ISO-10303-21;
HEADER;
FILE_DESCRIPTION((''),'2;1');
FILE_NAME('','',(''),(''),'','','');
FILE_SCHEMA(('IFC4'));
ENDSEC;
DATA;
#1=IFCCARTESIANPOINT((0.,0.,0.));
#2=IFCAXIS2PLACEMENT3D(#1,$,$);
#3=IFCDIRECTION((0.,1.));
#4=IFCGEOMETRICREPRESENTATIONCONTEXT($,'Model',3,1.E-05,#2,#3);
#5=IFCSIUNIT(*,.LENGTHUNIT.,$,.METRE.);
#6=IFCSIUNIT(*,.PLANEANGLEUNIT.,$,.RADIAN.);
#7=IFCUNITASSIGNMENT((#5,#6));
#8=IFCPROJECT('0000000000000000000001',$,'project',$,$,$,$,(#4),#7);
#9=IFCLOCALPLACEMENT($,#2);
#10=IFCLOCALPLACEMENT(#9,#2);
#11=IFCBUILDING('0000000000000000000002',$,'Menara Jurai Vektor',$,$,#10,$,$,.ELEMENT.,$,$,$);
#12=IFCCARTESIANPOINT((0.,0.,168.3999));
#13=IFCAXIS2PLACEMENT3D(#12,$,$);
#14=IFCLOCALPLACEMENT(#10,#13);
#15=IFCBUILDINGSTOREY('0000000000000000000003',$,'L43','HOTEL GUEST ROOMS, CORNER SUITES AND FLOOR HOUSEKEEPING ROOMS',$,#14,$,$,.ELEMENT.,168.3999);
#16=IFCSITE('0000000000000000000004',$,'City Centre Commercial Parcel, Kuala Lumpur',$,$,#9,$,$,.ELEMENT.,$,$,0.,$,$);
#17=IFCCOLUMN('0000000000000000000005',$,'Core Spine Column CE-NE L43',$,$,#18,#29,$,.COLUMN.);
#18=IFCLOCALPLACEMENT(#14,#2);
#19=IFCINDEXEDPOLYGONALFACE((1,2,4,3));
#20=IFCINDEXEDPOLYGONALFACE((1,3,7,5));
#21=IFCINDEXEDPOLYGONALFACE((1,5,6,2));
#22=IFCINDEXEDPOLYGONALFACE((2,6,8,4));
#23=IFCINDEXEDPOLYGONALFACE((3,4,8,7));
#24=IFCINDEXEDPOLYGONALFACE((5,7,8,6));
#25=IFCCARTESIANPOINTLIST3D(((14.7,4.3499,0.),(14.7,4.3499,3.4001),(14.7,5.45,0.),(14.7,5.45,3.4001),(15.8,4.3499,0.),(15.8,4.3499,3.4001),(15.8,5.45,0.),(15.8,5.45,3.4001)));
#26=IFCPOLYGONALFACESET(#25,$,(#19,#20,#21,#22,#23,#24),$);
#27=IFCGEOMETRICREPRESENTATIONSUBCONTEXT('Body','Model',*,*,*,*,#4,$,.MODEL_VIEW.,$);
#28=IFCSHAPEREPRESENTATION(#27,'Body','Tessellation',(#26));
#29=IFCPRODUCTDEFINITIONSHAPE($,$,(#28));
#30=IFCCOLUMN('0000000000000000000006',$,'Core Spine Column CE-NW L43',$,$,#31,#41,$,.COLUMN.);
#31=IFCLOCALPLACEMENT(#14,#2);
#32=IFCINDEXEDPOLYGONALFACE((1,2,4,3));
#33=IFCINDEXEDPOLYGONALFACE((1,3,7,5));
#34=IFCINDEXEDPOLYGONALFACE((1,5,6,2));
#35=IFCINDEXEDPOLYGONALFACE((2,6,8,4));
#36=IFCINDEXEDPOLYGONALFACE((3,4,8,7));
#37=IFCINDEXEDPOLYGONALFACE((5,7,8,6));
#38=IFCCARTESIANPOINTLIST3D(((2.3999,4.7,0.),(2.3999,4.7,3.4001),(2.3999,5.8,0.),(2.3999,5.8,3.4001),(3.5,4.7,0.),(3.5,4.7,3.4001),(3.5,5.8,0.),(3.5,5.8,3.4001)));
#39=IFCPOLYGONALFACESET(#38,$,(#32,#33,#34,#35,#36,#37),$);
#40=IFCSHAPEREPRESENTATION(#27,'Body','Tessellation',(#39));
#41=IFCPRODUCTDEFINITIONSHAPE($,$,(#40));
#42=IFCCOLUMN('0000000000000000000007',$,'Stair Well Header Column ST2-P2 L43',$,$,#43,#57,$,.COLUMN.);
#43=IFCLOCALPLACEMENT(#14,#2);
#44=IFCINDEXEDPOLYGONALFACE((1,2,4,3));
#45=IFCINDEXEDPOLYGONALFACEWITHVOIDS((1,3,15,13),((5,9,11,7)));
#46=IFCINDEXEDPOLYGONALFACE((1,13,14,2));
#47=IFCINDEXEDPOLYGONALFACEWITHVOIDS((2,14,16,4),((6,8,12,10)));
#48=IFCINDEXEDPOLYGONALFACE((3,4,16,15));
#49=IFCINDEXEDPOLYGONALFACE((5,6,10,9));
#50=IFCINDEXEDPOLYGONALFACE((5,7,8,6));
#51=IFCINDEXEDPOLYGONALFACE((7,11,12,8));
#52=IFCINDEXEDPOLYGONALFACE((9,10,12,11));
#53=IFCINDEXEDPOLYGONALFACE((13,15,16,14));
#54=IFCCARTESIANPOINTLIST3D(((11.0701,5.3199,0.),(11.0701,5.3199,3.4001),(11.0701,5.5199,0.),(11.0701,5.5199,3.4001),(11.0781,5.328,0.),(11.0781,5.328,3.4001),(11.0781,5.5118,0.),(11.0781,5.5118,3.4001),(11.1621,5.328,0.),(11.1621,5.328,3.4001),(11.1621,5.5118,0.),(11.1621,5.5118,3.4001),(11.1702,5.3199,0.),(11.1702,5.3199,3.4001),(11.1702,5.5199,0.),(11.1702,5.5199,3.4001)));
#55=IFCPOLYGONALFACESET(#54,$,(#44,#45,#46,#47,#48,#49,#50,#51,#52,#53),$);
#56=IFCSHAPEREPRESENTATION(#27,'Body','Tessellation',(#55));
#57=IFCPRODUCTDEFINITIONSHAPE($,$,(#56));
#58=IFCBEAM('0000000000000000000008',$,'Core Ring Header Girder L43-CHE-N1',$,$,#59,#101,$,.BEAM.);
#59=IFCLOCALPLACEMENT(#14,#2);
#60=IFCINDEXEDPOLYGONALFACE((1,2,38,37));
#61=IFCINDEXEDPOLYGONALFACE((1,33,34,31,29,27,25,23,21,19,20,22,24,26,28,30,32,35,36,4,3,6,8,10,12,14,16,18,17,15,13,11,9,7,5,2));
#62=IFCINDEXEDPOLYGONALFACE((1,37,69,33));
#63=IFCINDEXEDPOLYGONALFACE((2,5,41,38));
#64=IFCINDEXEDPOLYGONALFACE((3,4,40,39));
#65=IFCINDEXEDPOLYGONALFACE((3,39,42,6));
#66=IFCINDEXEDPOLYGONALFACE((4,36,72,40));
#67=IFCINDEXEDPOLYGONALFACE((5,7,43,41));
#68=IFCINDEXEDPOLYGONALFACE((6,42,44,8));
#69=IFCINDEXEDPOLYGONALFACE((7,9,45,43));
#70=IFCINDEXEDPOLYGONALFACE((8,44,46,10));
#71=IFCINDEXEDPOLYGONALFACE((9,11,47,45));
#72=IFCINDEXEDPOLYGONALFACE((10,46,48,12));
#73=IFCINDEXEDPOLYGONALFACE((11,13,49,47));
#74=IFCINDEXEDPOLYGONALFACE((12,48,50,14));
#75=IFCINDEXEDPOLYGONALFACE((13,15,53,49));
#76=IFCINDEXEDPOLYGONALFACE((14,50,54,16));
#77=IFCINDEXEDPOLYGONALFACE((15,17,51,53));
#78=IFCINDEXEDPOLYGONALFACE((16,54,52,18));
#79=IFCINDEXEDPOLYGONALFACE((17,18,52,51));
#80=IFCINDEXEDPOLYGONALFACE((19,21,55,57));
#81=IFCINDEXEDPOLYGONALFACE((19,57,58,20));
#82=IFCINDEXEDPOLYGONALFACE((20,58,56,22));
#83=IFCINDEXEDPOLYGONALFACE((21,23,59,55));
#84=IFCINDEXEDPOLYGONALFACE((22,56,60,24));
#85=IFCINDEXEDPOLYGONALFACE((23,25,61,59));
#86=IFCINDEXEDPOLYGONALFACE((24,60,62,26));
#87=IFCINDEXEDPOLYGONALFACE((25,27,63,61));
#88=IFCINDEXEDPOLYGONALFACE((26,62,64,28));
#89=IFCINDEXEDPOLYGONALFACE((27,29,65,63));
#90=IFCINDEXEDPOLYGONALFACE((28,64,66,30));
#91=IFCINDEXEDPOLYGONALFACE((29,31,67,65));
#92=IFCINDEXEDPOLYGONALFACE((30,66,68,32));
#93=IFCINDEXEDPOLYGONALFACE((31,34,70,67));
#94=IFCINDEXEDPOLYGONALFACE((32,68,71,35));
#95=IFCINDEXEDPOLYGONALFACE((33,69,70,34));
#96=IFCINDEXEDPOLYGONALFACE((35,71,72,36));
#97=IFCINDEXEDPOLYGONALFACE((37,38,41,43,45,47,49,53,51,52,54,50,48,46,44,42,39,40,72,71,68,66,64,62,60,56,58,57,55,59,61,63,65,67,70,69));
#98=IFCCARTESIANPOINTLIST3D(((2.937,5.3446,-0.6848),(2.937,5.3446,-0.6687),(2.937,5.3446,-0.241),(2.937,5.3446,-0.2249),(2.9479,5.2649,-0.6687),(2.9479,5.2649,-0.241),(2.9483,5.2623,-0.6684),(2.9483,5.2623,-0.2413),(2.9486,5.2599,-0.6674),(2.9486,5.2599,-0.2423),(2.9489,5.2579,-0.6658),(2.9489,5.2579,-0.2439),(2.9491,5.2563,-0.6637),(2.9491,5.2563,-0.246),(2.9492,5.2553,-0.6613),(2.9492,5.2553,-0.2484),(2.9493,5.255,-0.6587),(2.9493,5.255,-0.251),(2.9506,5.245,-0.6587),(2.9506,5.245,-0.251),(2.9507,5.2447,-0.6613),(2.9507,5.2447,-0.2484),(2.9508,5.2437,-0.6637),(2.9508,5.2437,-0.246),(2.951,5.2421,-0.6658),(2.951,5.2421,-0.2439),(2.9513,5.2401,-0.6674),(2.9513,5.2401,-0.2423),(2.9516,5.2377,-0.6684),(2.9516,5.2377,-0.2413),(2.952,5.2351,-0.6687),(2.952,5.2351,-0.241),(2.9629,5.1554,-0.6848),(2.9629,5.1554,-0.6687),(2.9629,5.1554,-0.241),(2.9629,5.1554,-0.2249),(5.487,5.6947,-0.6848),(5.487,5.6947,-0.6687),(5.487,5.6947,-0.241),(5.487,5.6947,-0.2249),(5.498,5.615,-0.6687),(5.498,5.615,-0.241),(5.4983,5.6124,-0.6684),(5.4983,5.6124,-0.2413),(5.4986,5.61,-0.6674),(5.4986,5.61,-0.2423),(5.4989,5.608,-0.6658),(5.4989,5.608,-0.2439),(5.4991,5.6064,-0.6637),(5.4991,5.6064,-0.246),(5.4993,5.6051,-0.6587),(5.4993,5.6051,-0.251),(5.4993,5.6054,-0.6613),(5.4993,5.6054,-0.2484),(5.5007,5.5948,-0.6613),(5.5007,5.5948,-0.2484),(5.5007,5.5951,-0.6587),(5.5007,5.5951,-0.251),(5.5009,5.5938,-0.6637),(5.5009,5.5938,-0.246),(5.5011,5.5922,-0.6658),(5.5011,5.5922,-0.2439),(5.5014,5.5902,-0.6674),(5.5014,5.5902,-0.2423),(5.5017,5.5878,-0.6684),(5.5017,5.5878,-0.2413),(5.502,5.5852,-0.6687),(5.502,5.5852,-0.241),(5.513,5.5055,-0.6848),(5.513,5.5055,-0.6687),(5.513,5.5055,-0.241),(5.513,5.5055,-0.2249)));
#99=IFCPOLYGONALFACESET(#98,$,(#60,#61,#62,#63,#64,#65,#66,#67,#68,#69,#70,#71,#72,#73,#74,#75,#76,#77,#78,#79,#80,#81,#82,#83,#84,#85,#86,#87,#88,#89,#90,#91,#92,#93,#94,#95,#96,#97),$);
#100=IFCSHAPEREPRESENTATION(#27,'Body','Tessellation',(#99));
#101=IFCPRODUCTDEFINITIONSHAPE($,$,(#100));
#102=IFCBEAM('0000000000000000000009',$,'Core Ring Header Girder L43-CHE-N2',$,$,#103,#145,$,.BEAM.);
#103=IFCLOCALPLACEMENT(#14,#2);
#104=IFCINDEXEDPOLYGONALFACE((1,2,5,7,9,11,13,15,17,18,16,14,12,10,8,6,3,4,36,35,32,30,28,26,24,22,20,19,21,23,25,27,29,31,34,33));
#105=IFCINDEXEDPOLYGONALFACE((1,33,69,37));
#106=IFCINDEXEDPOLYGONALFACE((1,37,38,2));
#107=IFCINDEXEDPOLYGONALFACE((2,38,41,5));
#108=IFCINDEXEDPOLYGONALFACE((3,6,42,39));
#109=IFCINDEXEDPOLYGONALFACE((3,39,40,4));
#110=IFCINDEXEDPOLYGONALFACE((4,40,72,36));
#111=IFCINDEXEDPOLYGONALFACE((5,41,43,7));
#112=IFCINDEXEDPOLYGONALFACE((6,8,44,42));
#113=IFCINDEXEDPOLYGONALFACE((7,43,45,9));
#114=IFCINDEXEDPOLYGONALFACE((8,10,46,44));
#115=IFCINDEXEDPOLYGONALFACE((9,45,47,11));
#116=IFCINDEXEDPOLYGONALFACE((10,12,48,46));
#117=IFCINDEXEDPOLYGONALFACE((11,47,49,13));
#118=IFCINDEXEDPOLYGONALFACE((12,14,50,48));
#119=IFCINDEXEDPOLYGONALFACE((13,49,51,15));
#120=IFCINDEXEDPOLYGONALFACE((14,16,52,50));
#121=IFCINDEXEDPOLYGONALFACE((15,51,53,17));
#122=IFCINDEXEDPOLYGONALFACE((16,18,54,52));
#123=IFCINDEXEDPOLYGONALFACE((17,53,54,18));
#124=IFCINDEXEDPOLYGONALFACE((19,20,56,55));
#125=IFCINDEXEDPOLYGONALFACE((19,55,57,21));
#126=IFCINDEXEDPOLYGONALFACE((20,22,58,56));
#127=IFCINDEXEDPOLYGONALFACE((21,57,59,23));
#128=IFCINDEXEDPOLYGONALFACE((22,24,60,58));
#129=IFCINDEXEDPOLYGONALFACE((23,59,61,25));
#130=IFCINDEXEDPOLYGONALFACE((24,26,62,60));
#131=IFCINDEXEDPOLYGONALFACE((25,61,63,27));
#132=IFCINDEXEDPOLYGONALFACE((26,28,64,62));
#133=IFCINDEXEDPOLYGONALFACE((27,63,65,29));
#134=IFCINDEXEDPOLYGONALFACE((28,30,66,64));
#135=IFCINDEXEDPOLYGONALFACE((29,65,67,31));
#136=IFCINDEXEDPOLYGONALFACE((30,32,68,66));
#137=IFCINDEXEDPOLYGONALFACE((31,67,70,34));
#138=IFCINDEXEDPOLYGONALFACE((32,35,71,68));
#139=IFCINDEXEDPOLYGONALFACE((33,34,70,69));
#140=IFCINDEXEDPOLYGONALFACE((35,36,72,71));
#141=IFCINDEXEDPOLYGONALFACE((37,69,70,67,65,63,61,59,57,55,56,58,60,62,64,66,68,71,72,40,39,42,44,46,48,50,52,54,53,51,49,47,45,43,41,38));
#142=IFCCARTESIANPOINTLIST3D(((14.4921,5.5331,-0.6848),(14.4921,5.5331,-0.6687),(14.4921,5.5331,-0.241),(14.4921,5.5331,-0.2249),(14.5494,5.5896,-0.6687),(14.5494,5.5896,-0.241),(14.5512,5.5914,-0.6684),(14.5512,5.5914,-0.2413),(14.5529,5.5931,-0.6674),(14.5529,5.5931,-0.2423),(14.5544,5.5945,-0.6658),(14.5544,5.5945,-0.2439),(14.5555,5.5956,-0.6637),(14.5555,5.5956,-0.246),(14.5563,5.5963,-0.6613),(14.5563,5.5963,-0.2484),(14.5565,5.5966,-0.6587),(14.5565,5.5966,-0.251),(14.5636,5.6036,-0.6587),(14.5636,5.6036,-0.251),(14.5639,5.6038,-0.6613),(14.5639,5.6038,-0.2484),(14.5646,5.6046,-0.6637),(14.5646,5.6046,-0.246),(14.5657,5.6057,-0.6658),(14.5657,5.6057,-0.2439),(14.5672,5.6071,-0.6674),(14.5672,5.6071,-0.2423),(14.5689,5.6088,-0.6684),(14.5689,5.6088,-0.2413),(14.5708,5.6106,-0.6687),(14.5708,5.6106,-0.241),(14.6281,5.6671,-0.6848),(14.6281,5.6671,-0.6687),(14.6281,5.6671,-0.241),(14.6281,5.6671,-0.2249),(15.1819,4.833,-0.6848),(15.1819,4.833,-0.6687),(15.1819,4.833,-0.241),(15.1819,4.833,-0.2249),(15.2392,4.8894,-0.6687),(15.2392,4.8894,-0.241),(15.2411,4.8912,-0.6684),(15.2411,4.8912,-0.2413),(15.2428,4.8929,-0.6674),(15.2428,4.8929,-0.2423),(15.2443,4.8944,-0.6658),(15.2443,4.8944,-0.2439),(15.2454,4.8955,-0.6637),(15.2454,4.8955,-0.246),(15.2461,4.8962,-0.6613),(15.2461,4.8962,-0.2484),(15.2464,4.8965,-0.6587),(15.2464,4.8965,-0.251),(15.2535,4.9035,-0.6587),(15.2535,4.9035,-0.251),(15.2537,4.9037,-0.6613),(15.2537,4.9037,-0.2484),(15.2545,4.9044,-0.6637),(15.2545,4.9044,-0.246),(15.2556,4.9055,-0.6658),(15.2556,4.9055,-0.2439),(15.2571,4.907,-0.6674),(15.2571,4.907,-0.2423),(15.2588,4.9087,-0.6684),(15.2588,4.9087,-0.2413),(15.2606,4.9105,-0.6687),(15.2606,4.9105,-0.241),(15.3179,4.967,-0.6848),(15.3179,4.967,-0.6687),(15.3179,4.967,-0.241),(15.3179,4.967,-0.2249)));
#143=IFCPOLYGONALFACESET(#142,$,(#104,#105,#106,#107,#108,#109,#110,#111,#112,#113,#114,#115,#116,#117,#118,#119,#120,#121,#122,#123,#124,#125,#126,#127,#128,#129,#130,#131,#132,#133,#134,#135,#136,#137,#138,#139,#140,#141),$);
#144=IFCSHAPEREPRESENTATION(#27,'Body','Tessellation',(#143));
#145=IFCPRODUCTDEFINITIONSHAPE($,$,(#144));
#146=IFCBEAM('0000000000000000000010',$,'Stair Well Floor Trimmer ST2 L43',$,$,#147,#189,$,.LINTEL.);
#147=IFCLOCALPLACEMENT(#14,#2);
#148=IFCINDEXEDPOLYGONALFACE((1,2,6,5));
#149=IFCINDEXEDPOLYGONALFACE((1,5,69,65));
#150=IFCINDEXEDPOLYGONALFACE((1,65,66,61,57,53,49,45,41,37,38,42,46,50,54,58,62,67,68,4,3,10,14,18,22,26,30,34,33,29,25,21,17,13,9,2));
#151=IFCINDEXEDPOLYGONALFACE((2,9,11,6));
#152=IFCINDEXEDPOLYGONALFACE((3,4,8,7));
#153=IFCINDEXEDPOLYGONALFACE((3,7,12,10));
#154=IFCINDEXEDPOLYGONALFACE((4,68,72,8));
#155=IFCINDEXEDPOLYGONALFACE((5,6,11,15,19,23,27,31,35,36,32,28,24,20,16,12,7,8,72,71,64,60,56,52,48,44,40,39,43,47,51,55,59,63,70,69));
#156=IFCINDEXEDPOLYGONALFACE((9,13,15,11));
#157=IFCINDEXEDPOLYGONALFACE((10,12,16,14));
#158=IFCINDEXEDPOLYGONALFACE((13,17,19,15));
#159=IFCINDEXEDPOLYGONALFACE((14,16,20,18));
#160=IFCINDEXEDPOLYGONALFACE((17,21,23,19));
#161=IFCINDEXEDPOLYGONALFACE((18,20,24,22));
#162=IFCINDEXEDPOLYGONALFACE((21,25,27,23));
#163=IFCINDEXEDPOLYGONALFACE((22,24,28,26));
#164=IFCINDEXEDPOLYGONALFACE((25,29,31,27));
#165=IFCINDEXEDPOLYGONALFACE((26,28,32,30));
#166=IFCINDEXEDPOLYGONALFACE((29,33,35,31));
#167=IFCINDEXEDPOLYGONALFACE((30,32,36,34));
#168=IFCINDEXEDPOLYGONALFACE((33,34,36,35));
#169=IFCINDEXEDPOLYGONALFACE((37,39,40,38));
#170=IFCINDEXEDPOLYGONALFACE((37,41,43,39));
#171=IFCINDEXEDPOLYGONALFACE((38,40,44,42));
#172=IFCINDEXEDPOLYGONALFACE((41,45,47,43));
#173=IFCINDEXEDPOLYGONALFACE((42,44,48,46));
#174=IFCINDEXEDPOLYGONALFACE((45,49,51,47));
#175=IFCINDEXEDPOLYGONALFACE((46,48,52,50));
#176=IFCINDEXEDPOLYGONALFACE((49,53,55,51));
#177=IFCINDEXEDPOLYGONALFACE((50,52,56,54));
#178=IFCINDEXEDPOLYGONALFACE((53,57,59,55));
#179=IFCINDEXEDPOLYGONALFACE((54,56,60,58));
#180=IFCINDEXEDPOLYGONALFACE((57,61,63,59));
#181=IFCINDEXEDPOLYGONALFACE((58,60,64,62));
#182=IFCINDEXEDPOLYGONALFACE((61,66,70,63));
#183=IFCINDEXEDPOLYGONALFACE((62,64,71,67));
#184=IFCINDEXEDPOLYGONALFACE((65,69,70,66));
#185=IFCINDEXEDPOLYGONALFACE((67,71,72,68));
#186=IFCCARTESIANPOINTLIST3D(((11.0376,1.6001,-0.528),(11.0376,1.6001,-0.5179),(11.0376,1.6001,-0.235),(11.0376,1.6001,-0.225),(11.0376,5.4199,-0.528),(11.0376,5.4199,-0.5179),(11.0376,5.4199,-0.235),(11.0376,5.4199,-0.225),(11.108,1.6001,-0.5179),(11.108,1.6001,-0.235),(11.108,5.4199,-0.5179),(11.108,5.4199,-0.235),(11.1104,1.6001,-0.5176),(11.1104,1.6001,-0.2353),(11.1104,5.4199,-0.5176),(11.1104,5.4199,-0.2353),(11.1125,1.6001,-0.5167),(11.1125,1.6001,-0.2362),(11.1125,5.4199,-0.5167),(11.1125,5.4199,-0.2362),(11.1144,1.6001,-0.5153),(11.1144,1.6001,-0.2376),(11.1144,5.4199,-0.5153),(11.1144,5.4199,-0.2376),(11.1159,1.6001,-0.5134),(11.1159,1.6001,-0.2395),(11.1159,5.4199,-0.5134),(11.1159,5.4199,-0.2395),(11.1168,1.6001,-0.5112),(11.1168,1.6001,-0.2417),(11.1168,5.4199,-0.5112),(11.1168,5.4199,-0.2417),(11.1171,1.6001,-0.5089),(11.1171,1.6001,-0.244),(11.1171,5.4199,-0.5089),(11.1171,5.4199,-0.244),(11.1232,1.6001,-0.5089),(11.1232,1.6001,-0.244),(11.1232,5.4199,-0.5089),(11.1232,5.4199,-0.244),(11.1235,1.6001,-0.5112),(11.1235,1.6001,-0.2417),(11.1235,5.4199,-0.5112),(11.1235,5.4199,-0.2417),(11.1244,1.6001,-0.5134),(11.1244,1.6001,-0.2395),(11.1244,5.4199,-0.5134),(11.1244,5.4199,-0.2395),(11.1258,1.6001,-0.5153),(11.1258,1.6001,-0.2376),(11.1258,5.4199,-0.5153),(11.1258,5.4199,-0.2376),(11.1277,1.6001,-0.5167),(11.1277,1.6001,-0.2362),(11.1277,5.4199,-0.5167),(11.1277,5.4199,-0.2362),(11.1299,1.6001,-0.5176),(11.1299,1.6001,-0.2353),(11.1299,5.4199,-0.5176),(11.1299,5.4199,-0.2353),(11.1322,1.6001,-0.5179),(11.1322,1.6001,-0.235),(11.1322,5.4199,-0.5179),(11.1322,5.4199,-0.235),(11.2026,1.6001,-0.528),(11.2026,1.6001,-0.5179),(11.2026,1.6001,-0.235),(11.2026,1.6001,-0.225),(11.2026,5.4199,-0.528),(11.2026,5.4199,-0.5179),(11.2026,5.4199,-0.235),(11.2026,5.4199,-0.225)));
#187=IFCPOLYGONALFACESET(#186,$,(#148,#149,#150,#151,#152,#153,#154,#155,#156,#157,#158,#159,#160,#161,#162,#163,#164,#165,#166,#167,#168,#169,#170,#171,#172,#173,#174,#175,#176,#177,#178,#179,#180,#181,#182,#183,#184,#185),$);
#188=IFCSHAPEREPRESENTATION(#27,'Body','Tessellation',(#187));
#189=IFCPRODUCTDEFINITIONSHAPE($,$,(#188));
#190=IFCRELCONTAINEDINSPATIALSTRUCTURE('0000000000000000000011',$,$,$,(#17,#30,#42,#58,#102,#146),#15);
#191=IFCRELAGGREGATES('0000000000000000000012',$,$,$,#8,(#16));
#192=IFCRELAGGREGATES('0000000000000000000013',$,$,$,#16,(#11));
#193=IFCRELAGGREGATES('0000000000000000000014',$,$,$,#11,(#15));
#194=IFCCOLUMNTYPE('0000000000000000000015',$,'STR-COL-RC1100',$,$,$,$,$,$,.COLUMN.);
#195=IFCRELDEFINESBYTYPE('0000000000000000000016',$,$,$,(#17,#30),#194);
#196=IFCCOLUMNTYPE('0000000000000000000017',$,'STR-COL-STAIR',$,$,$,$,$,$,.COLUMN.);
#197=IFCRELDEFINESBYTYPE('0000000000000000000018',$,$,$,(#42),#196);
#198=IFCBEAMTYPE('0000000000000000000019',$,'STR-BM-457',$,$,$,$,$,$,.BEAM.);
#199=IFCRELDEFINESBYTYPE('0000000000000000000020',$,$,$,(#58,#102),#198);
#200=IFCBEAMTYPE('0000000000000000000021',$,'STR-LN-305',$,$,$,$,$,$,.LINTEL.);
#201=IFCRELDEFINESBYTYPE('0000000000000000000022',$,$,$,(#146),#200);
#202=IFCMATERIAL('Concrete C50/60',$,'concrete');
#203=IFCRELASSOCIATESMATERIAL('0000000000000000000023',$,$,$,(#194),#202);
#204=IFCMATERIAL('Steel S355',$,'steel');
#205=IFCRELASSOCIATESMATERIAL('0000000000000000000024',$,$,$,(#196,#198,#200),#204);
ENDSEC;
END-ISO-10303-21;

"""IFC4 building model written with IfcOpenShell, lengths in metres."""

from ifc_helpers import new_model, si_unit, direction, frame, origin, origin_2d, place, context, subcontext, project, spatial, rectangle, hollow_rectangle, i_section, extrude, material, material_profile, profile_set, type_object, element, save


model = new_model("IFC4")

# Units and contexts
model_context = context("Model", 3, precision=1e-05, world=origin(), true_north=direction((0.0, 1.0)))
body_context = subcontext(model_context, "Body", "Model", "MODEL_VIEW")
ifc_project = project(units=[si_unit("LENGTHUNIT", "METRE"), si_unit("PLANEANGLEUNIT", "RADIAN")], contexts=[model_context])

# Site, building, storey
site_placement = place(None, origin())
site = spatial("IfcSite", under=ifc_project, at=site_placement, Name="City Centre Commercial Parcel, Kuala Lumpur", CompositionType="ELEMENT", RefElevation=0.0)
building_placement = place(site_placement, origin())
building = spatial("IfcBuilding", under=site, at=building_placement, Name="Menara Jurai Vektor", CompositionType="ELEMENT")
storey_placement = place(building_placement, frame((0.0, 0.0, 168.3999)))
storey = spatial("IfcBuildingStorey", under=building, at=storey_placement, Name="L43", Description="HOTEL GUEST ROOMS, CORNER SUITES AND FLOOR HOUSEKEEPING ROOMS", CompositionType="ELEMENT", Elevation=168.3999)

# Columns
ifc_material_1 = material(Name="Concrete C50/60", Category="concrete")
ifc_material_profile_1 = material_profile(ifc_material_1, rectangle(XDim=1.1001, YDim=1.1001, at=origin_2d()), Name="RC 1100x1100")
ifc_profile_set_1 = profile_set([ifc_material_profile_1], Name="Concrete C50/60")
column_type_1 = type_object("IfcColumnType", Name="STR-COL-RC1100", PredefinedType="COLUMN", material=ifc_profile_set_1)
for number, where, z_axis, x_axis, name in (
    (1, (15.25, 4.8999, 0.0), (0.0, 0.0, 1.0), (1.0, 0.0, 0.0), "Core Spine Column CE-NE L43"),
    (2, (2.95, 5.25, 0.0), (0.0, 0.0, 1.0), (1.0, 0.0, 0.0), "Core Spine Column CE-NW L43"),
):
    element("IfcColumn", number, at=place(storey_placement, frame(where, z_axis=z_axis, x_axis=x_axis)), inside=storey, type_object=column_type_1, Name=name, PredefinedType="COLUMN", context=body_context, shape_type="SweptSolid", body=[
        extrude(rectangle(XDim=1.1001, YDim=1.1001, at=origin_2d()), origin(), (0.0, 0.0, 1.0), 3.4001),
    ])
ifc_material_2 = material(Name="Steel S355", Category="steel")
ifc_material_profile_2 = material_profile(ifc_material_2, hollow_rectangle(XDim=0.1001, YDim=0.2, WallThickness=0.0081, at=origin_2d()), Name="RHS 200x100x8")
ifc_profile_set_2 = profile_set([ifc_material_profile_2], Name="Steel S355")
column_type_2 = type_object("IfcColumnType", Name="STR-COL-STAIR", PredefinedType="COLUMN", material=ifc_profile_set_2)
column_placement = place(storey_placement, frame((11.1201, 5.4199, 0.0), z_axis=(0.0, 0.0, 1.0), x_axis=(1.0, 0.0, 0.0)))
element("IfcColumn", 3, at=column_placement, inside=storey, type_object=column_type_2, Name="Stair Well Header Column ST2-P2 L43", PredefinedType="COLUMN", context=body_context, shape_type="SweptSolid", body=[
    extrude(hollow_rectangle(XDim=0.1001, YDim=0.2, WallThickness=0.0081, at=origin_2d()), origin(), (0.0, 0.0, 1.0), 3.4001),
])

# Beams
ifc_material_profile_3 = material_profile(ifc_material_2, i_section(OverallWidth=0.1909, OverallDepth=0.46, WebThickness=0.01, FlangeThickness=0.0161, FilletRadius=0.01, at=origin_2d()), Name="UKB 457x191x82")
ifc_profile_set_3 = profile_set([ifc_material_profile_3], Name="Steel S355")
beam_type_1 = type_object("IfcBeamType", Name="STR-BM-457", PredefinedType="BEAM", material=ifc_profile_set_3)
beam_1_placement = place(storey_placement, frame((2.95, 5.25, -0.4548), z_axis=(0.990707, 0.136015, 0.0), x_axis=(-0.136015, 0.990707, 0.0)))
element("IfcBeam", 4, at=beam_1_placement, inside=storey, type_object=beam_type_1, Name="Core Ring Header Girder L43-CHE-N1", PredefinedType="BEAM", context=body_context, shape_type="SweptSolid", body=[
    extrude(i_section(OverallWidth=0.1909, OverallDepth=0.46, WebThickness=0.01, FlangeThickness=0.0161, FilletRadius=0.01, at=origin_2d()), origin(), (0.0, 0.0, 1.0), 2.574),
])
beam_2_placement = place(storey_placement, frame((14.5601, 5.6001, -0.4548), z_axis=(0.701872, -0.712303, 0.0), x_axis=(0.712303, 0.701872, 0.0)))
element("IfcBeam", 5, at=beam_2_placement, inside=storey, type_object=beam_type_1, Name="Core Ring Header Girder L43-CHE-N2", PredefinedType="BEAM", context=body_context, shape_type="SweptSolid", body=[
    extrude(i_section(OverallWidth=0.1909, OverallDepth=0.46, WebThickness=0.01, FlangeThickness=0.0161, FilletRadius=0.01, at=origin_2d()), origin(), (0.0, 0.0, 1.0), 0.9829),
])
ifc_material_profile_4 = material_profile(ifc_material_2, i_section(OverallWidth=0.165, OverallDepth=0.303, WebThickness=0.0061, FlangeThickness=0.01, FilletRadius=0.009, at=origin_2d()), Name="UKB 305x165x40")
ifc_profile_set_4 = profile_set([ifc_material_profile_4], Name="Steel S355")
beam_type_2 = type_object("IfcBeamType", Name="STR-LN-305", PredefinedType="LINTEL", material=ifc_profile_set_4)
beam_3_placement = place(storey_placement, frame((11.1201, 1.6001, -0.3765), z_axis=(0.0, 1.0, 0.0), x_axis=(-1.0, 0.0, 0.0)))
element("IfcBeam", 6, at=beam_3_placement, inside=storey, type_object=beam_type_2, Name="Stair Well Floor Trimmer ST2 L43", PredefinedType="LINTEL", context=body_context, shape_type="SweptSolid", body=[
    extrude(i_section(OverallWidth=0.165, OverallDepth=0.303, WebThickness=0.0061, FlangeThickness=0.01, FilletRadius=0.009, at=origin_2d()), origin(), (0.0, 0.0, 1.0), 3.8198),
])

save(model, "model.ifc")
